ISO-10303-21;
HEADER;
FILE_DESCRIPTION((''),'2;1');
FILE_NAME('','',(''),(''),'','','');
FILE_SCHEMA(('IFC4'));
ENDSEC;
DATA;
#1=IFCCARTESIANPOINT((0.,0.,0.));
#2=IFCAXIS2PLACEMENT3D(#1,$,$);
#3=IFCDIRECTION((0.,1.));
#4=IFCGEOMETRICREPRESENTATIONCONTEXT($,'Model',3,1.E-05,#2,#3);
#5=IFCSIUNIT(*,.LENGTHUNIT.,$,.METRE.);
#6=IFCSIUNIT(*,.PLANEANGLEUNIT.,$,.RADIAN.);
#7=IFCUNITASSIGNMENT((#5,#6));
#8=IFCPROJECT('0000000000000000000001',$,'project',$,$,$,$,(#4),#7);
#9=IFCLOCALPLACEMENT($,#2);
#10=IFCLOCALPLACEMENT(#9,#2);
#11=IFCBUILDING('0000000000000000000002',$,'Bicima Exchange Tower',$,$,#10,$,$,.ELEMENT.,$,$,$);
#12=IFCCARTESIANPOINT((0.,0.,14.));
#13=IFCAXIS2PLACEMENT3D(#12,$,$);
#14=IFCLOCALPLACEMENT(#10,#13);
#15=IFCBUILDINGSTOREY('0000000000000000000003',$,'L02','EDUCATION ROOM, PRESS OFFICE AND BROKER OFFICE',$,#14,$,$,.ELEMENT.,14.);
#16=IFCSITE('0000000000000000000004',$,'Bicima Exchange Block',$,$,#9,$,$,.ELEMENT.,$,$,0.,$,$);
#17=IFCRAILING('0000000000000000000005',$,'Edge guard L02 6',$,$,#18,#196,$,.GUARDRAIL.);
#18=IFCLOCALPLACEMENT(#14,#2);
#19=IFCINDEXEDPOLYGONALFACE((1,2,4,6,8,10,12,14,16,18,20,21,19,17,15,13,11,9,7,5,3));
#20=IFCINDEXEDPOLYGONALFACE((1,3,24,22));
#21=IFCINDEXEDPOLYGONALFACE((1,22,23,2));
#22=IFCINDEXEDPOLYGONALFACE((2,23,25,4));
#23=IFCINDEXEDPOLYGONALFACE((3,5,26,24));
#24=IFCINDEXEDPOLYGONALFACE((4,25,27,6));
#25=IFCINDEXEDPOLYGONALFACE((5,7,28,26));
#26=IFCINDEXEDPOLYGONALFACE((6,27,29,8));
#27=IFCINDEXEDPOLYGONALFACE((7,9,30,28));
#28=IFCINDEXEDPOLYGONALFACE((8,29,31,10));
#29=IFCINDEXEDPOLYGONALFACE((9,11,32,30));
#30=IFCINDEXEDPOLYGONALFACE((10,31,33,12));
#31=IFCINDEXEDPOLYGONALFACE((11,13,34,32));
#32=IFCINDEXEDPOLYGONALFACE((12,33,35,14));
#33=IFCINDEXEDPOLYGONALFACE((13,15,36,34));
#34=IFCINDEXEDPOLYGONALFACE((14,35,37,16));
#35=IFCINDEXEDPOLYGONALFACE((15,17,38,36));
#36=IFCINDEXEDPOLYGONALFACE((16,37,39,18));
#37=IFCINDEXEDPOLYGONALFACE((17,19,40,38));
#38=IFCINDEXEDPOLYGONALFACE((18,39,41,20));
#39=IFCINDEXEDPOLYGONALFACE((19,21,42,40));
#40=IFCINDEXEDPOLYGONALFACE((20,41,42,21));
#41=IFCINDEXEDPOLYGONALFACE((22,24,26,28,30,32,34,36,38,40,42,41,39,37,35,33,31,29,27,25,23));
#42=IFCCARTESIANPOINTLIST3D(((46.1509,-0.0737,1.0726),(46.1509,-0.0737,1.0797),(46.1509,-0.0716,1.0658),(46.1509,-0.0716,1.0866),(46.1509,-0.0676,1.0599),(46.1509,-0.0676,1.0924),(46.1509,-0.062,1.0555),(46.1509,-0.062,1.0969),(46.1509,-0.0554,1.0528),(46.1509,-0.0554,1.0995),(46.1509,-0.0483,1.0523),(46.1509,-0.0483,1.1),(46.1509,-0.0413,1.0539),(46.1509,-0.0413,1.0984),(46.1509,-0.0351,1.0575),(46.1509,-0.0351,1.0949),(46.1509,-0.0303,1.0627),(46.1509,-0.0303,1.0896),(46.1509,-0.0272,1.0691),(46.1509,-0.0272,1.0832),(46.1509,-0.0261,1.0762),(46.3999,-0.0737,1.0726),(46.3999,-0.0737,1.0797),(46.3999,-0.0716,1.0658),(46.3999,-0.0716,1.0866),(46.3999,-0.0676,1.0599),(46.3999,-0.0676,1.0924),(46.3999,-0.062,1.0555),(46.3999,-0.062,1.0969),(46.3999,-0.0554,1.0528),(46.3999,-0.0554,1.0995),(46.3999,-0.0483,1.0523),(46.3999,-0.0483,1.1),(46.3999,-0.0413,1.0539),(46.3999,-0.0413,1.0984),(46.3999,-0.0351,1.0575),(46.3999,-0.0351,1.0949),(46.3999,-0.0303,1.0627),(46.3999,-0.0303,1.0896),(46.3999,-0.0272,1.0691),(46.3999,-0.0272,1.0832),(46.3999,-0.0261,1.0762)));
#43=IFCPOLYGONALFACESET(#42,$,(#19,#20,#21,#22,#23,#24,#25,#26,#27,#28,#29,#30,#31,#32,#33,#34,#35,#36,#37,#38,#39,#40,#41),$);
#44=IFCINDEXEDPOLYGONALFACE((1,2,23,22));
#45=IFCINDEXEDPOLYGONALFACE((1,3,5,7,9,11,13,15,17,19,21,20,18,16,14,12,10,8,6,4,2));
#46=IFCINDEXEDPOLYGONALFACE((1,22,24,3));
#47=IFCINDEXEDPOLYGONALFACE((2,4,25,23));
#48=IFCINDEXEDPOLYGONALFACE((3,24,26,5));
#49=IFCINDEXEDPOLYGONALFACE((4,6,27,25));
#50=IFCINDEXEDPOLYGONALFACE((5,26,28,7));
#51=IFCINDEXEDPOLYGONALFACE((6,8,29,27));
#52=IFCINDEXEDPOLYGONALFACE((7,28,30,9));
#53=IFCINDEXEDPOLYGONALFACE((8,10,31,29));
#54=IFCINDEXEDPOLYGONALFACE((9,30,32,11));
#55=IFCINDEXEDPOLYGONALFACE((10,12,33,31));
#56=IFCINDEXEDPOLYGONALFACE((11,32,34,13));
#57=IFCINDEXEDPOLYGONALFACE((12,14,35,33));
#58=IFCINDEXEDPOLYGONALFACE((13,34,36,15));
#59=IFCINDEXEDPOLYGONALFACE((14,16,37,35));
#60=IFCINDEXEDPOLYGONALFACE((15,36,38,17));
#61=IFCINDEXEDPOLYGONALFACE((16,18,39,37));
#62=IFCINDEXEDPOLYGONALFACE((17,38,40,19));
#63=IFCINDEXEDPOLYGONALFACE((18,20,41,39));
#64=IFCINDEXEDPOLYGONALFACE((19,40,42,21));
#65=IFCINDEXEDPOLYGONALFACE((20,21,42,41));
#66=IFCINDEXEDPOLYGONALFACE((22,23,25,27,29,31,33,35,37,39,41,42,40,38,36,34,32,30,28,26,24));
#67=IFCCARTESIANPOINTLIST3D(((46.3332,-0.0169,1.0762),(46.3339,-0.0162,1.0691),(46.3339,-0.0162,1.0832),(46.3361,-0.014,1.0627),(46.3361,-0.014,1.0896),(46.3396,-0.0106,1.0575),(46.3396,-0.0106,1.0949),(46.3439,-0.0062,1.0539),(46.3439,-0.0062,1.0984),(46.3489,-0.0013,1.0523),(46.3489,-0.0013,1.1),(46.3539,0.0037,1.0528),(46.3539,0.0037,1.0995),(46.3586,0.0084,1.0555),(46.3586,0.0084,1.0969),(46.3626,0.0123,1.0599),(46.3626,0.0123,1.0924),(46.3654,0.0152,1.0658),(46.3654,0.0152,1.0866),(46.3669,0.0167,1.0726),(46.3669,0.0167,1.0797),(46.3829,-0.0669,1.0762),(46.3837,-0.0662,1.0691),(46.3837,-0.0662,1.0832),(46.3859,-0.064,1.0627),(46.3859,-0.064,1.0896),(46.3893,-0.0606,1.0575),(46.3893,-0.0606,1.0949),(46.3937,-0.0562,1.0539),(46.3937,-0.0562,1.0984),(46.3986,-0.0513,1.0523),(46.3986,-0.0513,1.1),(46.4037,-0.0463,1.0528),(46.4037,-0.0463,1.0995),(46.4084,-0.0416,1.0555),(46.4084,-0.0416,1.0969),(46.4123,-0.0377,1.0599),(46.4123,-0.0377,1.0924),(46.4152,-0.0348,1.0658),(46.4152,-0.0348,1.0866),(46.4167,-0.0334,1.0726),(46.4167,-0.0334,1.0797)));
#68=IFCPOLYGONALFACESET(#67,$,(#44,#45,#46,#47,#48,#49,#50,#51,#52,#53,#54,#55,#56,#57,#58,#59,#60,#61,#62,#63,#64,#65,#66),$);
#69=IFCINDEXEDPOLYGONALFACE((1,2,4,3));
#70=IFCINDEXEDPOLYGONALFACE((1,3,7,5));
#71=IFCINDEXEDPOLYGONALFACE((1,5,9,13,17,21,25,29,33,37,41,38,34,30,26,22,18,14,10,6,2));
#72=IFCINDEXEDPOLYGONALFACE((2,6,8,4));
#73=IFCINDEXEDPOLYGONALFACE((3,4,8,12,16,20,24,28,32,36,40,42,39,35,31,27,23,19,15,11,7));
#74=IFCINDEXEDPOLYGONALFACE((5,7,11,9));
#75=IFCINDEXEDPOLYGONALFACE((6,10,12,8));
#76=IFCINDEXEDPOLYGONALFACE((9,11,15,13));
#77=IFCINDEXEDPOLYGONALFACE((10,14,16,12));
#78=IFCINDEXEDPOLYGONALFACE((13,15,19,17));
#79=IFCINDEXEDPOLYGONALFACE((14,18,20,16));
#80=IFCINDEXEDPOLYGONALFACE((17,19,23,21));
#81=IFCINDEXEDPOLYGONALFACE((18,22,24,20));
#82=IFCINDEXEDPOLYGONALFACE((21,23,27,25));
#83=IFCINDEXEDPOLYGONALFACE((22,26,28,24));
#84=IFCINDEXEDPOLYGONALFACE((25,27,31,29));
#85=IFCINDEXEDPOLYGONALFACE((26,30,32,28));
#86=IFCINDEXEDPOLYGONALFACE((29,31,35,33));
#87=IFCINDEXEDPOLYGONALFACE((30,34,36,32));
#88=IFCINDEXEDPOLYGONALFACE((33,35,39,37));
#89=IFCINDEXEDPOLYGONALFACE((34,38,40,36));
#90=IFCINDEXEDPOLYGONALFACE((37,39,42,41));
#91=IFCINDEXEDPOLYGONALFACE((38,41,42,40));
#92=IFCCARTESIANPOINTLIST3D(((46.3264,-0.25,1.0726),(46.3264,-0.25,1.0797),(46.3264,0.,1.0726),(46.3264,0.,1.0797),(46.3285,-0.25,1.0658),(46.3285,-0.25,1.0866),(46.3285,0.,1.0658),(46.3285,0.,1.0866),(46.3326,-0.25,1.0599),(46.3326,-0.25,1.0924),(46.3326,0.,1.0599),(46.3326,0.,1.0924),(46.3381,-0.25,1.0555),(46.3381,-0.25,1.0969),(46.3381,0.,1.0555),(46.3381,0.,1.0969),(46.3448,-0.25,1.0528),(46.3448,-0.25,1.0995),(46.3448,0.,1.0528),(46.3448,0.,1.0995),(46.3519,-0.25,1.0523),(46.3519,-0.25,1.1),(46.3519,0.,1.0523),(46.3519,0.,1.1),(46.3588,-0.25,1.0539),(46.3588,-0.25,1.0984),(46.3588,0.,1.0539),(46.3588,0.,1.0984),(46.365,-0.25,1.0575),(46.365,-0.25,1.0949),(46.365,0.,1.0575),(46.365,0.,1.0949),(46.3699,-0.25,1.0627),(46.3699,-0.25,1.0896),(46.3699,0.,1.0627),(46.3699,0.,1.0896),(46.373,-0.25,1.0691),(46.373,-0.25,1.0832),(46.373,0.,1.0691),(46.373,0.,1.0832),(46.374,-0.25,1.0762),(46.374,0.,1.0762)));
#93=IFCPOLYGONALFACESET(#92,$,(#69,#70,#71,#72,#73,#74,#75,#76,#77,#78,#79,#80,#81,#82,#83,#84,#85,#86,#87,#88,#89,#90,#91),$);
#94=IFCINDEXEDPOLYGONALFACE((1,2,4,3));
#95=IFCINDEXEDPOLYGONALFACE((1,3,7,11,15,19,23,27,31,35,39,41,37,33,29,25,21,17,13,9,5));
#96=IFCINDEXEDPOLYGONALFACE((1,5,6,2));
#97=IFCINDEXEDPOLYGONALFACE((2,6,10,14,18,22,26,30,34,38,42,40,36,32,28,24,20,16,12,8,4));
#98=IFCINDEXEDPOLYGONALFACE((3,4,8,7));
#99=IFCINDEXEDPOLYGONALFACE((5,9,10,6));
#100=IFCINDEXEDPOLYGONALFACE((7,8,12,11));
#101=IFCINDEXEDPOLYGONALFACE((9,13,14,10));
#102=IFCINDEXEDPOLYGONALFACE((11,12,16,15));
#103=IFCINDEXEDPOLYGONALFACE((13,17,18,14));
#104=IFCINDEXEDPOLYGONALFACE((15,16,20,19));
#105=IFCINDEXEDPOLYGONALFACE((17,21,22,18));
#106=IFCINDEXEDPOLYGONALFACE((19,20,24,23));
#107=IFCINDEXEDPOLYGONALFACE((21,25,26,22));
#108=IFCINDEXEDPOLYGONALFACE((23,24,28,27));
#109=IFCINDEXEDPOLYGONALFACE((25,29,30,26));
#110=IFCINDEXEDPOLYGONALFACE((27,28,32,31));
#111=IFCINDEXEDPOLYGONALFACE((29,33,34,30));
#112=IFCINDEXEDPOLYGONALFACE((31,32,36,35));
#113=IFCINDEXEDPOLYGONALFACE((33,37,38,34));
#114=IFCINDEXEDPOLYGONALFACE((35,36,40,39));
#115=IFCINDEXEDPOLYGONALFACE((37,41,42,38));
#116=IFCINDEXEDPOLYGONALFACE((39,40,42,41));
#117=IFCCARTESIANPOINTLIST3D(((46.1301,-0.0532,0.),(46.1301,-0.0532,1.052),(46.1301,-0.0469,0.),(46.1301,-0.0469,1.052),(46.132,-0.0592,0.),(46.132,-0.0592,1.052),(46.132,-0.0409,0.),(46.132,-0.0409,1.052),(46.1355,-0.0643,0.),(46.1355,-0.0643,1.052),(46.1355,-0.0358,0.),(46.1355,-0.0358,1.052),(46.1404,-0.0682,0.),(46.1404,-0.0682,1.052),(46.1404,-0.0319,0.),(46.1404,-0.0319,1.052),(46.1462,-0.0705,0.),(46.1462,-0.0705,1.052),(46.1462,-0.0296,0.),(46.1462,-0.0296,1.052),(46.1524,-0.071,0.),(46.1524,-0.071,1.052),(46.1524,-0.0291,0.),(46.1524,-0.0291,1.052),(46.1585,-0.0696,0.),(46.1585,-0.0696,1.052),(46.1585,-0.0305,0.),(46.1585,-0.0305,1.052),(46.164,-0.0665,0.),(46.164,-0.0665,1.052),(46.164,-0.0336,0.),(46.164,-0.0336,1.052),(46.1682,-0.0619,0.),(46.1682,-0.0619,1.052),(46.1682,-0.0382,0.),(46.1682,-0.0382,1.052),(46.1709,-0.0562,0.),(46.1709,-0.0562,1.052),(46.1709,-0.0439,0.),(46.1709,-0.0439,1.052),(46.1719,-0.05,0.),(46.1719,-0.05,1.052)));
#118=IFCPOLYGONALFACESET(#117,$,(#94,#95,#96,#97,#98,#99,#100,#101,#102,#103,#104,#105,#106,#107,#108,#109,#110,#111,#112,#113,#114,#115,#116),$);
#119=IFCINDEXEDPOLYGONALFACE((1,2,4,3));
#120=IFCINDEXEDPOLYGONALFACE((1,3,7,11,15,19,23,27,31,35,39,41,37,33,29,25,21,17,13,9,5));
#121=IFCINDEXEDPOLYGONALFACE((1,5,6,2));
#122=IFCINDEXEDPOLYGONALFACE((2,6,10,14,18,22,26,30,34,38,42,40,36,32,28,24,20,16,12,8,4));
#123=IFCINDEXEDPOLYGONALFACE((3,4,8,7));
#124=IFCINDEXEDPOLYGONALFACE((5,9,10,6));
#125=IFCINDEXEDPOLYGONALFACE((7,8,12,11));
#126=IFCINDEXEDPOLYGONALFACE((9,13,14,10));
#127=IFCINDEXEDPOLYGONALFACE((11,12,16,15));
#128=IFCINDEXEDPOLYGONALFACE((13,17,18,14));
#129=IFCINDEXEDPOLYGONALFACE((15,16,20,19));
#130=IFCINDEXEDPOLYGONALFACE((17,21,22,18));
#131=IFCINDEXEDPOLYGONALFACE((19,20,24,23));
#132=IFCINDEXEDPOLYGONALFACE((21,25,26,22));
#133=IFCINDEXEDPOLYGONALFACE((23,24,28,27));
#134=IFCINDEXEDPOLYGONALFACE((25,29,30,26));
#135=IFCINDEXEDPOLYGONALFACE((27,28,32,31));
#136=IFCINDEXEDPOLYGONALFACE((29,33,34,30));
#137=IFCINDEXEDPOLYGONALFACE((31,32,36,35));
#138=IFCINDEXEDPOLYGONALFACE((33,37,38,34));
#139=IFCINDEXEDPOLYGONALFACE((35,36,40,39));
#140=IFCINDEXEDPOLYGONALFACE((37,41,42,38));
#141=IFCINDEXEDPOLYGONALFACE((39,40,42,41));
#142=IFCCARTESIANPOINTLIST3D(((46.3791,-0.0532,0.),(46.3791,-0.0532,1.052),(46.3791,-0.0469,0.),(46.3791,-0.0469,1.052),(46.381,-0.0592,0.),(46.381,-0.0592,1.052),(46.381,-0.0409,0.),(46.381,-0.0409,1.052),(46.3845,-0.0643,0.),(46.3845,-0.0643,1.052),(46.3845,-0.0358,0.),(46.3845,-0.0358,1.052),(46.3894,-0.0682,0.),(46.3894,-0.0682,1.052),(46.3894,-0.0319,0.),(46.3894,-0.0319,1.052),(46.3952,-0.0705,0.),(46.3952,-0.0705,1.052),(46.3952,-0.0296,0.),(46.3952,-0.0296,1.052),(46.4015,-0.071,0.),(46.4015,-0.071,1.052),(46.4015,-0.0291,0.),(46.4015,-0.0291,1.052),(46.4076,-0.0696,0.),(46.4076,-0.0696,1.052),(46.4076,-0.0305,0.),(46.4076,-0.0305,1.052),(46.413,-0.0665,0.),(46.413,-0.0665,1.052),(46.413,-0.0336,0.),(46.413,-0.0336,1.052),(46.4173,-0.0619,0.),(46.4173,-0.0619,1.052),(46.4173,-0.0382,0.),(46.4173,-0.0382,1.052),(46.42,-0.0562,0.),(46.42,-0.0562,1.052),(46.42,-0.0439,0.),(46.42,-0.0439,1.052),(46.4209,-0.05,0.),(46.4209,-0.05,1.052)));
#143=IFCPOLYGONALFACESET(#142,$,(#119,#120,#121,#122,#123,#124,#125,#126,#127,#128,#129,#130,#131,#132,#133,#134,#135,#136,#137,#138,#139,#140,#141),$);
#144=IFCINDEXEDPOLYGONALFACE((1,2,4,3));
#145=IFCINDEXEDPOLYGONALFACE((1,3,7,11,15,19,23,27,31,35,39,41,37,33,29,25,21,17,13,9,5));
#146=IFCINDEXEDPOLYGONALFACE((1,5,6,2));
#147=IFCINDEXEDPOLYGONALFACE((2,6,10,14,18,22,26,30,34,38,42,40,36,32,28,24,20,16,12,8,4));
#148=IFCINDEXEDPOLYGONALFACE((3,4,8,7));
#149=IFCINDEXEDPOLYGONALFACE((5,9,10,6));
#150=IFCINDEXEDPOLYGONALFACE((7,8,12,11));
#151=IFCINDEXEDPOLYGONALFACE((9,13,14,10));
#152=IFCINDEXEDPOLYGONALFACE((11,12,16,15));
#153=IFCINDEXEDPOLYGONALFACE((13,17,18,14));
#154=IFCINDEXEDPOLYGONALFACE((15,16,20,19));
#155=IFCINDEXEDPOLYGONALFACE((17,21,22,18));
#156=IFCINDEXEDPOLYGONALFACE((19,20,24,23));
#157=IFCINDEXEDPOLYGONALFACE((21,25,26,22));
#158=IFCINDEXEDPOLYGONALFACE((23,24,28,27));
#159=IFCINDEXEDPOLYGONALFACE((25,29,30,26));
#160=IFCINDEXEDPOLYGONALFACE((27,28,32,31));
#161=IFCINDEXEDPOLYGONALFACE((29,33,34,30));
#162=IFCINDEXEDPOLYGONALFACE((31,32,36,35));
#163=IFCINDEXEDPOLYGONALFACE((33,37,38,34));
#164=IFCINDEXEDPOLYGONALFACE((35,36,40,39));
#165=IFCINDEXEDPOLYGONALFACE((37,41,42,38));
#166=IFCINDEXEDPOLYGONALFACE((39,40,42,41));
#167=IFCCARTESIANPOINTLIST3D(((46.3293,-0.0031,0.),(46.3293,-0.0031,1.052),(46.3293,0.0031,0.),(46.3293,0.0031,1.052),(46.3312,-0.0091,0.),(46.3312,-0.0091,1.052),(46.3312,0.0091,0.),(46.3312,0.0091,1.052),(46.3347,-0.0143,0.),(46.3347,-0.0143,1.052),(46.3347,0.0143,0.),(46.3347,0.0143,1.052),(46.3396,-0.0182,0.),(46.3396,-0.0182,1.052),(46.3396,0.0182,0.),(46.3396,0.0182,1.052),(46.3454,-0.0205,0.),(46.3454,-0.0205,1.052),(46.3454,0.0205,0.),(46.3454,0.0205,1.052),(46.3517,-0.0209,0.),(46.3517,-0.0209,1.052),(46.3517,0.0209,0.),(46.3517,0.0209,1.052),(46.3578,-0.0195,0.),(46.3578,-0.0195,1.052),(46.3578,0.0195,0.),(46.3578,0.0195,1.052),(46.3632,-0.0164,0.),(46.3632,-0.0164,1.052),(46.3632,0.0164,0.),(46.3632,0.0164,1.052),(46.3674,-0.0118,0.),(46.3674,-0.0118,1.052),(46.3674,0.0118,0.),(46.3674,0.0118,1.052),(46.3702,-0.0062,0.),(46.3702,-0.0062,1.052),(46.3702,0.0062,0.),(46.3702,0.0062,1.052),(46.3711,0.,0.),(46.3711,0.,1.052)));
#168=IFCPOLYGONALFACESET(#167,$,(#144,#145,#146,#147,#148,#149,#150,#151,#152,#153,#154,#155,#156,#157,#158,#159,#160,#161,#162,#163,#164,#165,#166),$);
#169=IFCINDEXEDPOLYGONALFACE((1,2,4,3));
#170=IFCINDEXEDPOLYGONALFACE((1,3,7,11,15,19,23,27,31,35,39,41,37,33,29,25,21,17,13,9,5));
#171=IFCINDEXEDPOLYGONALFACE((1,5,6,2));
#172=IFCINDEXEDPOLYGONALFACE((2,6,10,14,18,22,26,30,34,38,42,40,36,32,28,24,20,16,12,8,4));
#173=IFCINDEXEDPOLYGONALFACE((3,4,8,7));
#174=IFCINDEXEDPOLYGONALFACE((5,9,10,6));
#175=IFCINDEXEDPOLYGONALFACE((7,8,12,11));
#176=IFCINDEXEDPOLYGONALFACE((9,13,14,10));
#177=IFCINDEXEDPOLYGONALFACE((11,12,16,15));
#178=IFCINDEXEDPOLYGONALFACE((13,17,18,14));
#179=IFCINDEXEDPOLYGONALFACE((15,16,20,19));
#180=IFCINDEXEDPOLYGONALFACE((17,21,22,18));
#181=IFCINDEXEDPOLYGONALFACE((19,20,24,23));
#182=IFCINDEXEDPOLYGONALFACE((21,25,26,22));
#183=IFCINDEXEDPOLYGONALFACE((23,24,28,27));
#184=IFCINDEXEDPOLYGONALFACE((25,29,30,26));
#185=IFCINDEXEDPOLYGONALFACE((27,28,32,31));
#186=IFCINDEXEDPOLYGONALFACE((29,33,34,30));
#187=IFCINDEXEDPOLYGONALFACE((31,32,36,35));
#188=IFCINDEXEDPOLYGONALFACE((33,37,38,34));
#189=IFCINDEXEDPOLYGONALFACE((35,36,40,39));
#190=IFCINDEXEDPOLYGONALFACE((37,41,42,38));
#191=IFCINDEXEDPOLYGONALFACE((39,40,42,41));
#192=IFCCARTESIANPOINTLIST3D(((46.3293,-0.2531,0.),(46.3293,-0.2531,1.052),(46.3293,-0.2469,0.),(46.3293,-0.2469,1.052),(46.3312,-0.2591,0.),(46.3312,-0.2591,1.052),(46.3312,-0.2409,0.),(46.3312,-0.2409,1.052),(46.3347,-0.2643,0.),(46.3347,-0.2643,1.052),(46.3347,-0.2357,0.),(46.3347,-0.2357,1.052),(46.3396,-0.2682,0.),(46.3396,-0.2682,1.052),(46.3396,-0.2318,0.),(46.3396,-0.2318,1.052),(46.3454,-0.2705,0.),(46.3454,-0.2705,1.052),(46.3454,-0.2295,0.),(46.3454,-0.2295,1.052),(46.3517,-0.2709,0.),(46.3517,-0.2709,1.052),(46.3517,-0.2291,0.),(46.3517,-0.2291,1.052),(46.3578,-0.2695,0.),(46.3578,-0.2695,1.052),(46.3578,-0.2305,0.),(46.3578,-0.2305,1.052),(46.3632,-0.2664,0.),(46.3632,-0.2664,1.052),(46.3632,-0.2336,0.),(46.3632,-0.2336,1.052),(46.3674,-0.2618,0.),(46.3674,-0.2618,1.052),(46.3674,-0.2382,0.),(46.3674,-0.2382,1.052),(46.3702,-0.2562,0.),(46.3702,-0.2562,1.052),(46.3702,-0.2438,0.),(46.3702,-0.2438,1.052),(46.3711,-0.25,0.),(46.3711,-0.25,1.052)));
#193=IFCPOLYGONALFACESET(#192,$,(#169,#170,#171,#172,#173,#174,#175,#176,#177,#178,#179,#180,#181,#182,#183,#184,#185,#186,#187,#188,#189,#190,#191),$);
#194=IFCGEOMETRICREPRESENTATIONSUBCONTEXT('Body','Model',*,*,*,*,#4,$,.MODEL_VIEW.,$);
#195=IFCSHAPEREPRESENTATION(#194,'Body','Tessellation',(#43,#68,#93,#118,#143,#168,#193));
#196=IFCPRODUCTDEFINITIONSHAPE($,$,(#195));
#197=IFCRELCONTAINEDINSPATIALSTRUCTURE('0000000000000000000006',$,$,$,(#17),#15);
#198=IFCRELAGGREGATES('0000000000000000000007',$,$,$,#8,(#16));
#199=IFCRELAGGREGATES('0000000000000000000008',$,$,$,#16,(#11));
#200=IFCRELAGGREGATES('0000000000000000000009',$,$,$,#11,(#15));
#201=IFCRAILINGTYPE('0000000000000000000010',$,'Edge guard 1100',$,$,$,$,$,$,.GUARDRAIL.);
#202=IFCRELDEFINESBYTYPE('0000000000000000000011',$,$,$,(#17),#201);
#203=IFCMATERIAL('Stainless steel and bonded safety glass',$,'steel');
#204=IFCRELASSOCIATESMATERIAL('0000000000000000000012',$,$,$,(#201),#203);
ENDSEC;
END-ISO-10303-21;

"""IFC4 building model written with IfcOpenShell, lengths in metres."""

from ifc_helpers import new_model, si_unit, direction, frame, origin, origin_2d, place, context, subcontext, project, spatial, circle, extrude, material, type_object, element, save


model = new_model("IFC4")

# Units and contexts
model_context = context("Model", 3, precision=1e-05, world=origin(), true_north=direction((0.0, 1.0)))
body_context = subcontext(model_context, "Body", "Model", "MODEL_VIEW")
ifc_project = project(units=[si_unit("LENGTHUNIT", "METRE"), si_unit("PLANEANGLEUNIT", "RADIAN")], contexts=[model_context])

# Site, building, storey
site_placement = place(None, origin())
site = spatial("IfcSite", under=ifc_project, at=site_placement, Name="Bicima Exchange Block", CompositionType="ELEMENT", RefElevation=0.0)
building_placement = place(site_placement, origin())
building = spatial("IfcBuilding", under=site, at=building_placement, Name="Bicima Exchange Tower", CompositionType="ELEMENT")
storey_placement = place(building_placement, frame((0.0, 0.0, 14.0)))
storey = spatial("IfcBuildingStorey", under=building, at=storey_placement, Name="L02", Description="EDUCATION ROOM, PRESS OFFICE AND BROKER OFFICE", CompositionType="ELEMENT", Elevation=14.0)

# Railing
ifc_material_1 = material(Name="Stainless steel and bonded safety glass", Category="steel")
railing_type = type_object("IfcRailingType", Name="Edge guard 1100", PredefinedType="GUARDRAIL", material=ifc_material_1)
railing_placement = place(storey_placement, frame((46.1509, -0.05, 0.0)))
element("IfcRailing", 1, at=railing_placement, inside=storey, type_object=railing_type, Name="Edge guard L02 6", PredefinedType="GUARDRAIL", context=body_context, shape_type="SweptSolid", body=[
    extrude(circle(Radius=0.0239, at=origin_2d()), frame((0.0, 0.0, 1.0762), z_axis=(1.0, 0.0, 0.0), x_axis=(0.0, 1.0, 0.0)), (0.0, 0.0, 1.0), 0.249),
    extrude(circle(Radius=0.0239, at=origin_2d()), frame((0.249, 0.0, 1.0762), z_axis=(-0.705376, 0.708834, 0.0), x_axis=(-0.708834, -0.705376, 0.0)), (0.0, 0.0, 1.0), 0.0706),
    extrude(circle(Radius=0.0239, at=origin_2d()), frame((0.1992, 0.05, 1.0762), z_axis=(0.0, -1.0, 0.0), x_axis=(1.0, 0.0, 0.0)), (0.0, 0.0, 1.0), 0.25),
    extrude(circle(Radius=0.021, at=origin_2d()), origin(), (0.0, 0.0, 1.0), 1.052),
    extrude(circle(Radius=0.021, at=origin_2d()), frame((0.249, 0.0, 0.0)), (0.0, 0.0, 1.0), 1.052),
    extrude(circle(Radius=0.021, at=origin_2d()), frame((0.1992, 0.05, 0.0)), (0.0, 0.0, 1.0), 1.052),
    extrude(circle(Radius=0.021, at=origin_2d()), frame((0.1992, -0.2, 0.0)), (0.0, 0.0, 1.0), 1.052),
])

save(model, "model.ifc")
